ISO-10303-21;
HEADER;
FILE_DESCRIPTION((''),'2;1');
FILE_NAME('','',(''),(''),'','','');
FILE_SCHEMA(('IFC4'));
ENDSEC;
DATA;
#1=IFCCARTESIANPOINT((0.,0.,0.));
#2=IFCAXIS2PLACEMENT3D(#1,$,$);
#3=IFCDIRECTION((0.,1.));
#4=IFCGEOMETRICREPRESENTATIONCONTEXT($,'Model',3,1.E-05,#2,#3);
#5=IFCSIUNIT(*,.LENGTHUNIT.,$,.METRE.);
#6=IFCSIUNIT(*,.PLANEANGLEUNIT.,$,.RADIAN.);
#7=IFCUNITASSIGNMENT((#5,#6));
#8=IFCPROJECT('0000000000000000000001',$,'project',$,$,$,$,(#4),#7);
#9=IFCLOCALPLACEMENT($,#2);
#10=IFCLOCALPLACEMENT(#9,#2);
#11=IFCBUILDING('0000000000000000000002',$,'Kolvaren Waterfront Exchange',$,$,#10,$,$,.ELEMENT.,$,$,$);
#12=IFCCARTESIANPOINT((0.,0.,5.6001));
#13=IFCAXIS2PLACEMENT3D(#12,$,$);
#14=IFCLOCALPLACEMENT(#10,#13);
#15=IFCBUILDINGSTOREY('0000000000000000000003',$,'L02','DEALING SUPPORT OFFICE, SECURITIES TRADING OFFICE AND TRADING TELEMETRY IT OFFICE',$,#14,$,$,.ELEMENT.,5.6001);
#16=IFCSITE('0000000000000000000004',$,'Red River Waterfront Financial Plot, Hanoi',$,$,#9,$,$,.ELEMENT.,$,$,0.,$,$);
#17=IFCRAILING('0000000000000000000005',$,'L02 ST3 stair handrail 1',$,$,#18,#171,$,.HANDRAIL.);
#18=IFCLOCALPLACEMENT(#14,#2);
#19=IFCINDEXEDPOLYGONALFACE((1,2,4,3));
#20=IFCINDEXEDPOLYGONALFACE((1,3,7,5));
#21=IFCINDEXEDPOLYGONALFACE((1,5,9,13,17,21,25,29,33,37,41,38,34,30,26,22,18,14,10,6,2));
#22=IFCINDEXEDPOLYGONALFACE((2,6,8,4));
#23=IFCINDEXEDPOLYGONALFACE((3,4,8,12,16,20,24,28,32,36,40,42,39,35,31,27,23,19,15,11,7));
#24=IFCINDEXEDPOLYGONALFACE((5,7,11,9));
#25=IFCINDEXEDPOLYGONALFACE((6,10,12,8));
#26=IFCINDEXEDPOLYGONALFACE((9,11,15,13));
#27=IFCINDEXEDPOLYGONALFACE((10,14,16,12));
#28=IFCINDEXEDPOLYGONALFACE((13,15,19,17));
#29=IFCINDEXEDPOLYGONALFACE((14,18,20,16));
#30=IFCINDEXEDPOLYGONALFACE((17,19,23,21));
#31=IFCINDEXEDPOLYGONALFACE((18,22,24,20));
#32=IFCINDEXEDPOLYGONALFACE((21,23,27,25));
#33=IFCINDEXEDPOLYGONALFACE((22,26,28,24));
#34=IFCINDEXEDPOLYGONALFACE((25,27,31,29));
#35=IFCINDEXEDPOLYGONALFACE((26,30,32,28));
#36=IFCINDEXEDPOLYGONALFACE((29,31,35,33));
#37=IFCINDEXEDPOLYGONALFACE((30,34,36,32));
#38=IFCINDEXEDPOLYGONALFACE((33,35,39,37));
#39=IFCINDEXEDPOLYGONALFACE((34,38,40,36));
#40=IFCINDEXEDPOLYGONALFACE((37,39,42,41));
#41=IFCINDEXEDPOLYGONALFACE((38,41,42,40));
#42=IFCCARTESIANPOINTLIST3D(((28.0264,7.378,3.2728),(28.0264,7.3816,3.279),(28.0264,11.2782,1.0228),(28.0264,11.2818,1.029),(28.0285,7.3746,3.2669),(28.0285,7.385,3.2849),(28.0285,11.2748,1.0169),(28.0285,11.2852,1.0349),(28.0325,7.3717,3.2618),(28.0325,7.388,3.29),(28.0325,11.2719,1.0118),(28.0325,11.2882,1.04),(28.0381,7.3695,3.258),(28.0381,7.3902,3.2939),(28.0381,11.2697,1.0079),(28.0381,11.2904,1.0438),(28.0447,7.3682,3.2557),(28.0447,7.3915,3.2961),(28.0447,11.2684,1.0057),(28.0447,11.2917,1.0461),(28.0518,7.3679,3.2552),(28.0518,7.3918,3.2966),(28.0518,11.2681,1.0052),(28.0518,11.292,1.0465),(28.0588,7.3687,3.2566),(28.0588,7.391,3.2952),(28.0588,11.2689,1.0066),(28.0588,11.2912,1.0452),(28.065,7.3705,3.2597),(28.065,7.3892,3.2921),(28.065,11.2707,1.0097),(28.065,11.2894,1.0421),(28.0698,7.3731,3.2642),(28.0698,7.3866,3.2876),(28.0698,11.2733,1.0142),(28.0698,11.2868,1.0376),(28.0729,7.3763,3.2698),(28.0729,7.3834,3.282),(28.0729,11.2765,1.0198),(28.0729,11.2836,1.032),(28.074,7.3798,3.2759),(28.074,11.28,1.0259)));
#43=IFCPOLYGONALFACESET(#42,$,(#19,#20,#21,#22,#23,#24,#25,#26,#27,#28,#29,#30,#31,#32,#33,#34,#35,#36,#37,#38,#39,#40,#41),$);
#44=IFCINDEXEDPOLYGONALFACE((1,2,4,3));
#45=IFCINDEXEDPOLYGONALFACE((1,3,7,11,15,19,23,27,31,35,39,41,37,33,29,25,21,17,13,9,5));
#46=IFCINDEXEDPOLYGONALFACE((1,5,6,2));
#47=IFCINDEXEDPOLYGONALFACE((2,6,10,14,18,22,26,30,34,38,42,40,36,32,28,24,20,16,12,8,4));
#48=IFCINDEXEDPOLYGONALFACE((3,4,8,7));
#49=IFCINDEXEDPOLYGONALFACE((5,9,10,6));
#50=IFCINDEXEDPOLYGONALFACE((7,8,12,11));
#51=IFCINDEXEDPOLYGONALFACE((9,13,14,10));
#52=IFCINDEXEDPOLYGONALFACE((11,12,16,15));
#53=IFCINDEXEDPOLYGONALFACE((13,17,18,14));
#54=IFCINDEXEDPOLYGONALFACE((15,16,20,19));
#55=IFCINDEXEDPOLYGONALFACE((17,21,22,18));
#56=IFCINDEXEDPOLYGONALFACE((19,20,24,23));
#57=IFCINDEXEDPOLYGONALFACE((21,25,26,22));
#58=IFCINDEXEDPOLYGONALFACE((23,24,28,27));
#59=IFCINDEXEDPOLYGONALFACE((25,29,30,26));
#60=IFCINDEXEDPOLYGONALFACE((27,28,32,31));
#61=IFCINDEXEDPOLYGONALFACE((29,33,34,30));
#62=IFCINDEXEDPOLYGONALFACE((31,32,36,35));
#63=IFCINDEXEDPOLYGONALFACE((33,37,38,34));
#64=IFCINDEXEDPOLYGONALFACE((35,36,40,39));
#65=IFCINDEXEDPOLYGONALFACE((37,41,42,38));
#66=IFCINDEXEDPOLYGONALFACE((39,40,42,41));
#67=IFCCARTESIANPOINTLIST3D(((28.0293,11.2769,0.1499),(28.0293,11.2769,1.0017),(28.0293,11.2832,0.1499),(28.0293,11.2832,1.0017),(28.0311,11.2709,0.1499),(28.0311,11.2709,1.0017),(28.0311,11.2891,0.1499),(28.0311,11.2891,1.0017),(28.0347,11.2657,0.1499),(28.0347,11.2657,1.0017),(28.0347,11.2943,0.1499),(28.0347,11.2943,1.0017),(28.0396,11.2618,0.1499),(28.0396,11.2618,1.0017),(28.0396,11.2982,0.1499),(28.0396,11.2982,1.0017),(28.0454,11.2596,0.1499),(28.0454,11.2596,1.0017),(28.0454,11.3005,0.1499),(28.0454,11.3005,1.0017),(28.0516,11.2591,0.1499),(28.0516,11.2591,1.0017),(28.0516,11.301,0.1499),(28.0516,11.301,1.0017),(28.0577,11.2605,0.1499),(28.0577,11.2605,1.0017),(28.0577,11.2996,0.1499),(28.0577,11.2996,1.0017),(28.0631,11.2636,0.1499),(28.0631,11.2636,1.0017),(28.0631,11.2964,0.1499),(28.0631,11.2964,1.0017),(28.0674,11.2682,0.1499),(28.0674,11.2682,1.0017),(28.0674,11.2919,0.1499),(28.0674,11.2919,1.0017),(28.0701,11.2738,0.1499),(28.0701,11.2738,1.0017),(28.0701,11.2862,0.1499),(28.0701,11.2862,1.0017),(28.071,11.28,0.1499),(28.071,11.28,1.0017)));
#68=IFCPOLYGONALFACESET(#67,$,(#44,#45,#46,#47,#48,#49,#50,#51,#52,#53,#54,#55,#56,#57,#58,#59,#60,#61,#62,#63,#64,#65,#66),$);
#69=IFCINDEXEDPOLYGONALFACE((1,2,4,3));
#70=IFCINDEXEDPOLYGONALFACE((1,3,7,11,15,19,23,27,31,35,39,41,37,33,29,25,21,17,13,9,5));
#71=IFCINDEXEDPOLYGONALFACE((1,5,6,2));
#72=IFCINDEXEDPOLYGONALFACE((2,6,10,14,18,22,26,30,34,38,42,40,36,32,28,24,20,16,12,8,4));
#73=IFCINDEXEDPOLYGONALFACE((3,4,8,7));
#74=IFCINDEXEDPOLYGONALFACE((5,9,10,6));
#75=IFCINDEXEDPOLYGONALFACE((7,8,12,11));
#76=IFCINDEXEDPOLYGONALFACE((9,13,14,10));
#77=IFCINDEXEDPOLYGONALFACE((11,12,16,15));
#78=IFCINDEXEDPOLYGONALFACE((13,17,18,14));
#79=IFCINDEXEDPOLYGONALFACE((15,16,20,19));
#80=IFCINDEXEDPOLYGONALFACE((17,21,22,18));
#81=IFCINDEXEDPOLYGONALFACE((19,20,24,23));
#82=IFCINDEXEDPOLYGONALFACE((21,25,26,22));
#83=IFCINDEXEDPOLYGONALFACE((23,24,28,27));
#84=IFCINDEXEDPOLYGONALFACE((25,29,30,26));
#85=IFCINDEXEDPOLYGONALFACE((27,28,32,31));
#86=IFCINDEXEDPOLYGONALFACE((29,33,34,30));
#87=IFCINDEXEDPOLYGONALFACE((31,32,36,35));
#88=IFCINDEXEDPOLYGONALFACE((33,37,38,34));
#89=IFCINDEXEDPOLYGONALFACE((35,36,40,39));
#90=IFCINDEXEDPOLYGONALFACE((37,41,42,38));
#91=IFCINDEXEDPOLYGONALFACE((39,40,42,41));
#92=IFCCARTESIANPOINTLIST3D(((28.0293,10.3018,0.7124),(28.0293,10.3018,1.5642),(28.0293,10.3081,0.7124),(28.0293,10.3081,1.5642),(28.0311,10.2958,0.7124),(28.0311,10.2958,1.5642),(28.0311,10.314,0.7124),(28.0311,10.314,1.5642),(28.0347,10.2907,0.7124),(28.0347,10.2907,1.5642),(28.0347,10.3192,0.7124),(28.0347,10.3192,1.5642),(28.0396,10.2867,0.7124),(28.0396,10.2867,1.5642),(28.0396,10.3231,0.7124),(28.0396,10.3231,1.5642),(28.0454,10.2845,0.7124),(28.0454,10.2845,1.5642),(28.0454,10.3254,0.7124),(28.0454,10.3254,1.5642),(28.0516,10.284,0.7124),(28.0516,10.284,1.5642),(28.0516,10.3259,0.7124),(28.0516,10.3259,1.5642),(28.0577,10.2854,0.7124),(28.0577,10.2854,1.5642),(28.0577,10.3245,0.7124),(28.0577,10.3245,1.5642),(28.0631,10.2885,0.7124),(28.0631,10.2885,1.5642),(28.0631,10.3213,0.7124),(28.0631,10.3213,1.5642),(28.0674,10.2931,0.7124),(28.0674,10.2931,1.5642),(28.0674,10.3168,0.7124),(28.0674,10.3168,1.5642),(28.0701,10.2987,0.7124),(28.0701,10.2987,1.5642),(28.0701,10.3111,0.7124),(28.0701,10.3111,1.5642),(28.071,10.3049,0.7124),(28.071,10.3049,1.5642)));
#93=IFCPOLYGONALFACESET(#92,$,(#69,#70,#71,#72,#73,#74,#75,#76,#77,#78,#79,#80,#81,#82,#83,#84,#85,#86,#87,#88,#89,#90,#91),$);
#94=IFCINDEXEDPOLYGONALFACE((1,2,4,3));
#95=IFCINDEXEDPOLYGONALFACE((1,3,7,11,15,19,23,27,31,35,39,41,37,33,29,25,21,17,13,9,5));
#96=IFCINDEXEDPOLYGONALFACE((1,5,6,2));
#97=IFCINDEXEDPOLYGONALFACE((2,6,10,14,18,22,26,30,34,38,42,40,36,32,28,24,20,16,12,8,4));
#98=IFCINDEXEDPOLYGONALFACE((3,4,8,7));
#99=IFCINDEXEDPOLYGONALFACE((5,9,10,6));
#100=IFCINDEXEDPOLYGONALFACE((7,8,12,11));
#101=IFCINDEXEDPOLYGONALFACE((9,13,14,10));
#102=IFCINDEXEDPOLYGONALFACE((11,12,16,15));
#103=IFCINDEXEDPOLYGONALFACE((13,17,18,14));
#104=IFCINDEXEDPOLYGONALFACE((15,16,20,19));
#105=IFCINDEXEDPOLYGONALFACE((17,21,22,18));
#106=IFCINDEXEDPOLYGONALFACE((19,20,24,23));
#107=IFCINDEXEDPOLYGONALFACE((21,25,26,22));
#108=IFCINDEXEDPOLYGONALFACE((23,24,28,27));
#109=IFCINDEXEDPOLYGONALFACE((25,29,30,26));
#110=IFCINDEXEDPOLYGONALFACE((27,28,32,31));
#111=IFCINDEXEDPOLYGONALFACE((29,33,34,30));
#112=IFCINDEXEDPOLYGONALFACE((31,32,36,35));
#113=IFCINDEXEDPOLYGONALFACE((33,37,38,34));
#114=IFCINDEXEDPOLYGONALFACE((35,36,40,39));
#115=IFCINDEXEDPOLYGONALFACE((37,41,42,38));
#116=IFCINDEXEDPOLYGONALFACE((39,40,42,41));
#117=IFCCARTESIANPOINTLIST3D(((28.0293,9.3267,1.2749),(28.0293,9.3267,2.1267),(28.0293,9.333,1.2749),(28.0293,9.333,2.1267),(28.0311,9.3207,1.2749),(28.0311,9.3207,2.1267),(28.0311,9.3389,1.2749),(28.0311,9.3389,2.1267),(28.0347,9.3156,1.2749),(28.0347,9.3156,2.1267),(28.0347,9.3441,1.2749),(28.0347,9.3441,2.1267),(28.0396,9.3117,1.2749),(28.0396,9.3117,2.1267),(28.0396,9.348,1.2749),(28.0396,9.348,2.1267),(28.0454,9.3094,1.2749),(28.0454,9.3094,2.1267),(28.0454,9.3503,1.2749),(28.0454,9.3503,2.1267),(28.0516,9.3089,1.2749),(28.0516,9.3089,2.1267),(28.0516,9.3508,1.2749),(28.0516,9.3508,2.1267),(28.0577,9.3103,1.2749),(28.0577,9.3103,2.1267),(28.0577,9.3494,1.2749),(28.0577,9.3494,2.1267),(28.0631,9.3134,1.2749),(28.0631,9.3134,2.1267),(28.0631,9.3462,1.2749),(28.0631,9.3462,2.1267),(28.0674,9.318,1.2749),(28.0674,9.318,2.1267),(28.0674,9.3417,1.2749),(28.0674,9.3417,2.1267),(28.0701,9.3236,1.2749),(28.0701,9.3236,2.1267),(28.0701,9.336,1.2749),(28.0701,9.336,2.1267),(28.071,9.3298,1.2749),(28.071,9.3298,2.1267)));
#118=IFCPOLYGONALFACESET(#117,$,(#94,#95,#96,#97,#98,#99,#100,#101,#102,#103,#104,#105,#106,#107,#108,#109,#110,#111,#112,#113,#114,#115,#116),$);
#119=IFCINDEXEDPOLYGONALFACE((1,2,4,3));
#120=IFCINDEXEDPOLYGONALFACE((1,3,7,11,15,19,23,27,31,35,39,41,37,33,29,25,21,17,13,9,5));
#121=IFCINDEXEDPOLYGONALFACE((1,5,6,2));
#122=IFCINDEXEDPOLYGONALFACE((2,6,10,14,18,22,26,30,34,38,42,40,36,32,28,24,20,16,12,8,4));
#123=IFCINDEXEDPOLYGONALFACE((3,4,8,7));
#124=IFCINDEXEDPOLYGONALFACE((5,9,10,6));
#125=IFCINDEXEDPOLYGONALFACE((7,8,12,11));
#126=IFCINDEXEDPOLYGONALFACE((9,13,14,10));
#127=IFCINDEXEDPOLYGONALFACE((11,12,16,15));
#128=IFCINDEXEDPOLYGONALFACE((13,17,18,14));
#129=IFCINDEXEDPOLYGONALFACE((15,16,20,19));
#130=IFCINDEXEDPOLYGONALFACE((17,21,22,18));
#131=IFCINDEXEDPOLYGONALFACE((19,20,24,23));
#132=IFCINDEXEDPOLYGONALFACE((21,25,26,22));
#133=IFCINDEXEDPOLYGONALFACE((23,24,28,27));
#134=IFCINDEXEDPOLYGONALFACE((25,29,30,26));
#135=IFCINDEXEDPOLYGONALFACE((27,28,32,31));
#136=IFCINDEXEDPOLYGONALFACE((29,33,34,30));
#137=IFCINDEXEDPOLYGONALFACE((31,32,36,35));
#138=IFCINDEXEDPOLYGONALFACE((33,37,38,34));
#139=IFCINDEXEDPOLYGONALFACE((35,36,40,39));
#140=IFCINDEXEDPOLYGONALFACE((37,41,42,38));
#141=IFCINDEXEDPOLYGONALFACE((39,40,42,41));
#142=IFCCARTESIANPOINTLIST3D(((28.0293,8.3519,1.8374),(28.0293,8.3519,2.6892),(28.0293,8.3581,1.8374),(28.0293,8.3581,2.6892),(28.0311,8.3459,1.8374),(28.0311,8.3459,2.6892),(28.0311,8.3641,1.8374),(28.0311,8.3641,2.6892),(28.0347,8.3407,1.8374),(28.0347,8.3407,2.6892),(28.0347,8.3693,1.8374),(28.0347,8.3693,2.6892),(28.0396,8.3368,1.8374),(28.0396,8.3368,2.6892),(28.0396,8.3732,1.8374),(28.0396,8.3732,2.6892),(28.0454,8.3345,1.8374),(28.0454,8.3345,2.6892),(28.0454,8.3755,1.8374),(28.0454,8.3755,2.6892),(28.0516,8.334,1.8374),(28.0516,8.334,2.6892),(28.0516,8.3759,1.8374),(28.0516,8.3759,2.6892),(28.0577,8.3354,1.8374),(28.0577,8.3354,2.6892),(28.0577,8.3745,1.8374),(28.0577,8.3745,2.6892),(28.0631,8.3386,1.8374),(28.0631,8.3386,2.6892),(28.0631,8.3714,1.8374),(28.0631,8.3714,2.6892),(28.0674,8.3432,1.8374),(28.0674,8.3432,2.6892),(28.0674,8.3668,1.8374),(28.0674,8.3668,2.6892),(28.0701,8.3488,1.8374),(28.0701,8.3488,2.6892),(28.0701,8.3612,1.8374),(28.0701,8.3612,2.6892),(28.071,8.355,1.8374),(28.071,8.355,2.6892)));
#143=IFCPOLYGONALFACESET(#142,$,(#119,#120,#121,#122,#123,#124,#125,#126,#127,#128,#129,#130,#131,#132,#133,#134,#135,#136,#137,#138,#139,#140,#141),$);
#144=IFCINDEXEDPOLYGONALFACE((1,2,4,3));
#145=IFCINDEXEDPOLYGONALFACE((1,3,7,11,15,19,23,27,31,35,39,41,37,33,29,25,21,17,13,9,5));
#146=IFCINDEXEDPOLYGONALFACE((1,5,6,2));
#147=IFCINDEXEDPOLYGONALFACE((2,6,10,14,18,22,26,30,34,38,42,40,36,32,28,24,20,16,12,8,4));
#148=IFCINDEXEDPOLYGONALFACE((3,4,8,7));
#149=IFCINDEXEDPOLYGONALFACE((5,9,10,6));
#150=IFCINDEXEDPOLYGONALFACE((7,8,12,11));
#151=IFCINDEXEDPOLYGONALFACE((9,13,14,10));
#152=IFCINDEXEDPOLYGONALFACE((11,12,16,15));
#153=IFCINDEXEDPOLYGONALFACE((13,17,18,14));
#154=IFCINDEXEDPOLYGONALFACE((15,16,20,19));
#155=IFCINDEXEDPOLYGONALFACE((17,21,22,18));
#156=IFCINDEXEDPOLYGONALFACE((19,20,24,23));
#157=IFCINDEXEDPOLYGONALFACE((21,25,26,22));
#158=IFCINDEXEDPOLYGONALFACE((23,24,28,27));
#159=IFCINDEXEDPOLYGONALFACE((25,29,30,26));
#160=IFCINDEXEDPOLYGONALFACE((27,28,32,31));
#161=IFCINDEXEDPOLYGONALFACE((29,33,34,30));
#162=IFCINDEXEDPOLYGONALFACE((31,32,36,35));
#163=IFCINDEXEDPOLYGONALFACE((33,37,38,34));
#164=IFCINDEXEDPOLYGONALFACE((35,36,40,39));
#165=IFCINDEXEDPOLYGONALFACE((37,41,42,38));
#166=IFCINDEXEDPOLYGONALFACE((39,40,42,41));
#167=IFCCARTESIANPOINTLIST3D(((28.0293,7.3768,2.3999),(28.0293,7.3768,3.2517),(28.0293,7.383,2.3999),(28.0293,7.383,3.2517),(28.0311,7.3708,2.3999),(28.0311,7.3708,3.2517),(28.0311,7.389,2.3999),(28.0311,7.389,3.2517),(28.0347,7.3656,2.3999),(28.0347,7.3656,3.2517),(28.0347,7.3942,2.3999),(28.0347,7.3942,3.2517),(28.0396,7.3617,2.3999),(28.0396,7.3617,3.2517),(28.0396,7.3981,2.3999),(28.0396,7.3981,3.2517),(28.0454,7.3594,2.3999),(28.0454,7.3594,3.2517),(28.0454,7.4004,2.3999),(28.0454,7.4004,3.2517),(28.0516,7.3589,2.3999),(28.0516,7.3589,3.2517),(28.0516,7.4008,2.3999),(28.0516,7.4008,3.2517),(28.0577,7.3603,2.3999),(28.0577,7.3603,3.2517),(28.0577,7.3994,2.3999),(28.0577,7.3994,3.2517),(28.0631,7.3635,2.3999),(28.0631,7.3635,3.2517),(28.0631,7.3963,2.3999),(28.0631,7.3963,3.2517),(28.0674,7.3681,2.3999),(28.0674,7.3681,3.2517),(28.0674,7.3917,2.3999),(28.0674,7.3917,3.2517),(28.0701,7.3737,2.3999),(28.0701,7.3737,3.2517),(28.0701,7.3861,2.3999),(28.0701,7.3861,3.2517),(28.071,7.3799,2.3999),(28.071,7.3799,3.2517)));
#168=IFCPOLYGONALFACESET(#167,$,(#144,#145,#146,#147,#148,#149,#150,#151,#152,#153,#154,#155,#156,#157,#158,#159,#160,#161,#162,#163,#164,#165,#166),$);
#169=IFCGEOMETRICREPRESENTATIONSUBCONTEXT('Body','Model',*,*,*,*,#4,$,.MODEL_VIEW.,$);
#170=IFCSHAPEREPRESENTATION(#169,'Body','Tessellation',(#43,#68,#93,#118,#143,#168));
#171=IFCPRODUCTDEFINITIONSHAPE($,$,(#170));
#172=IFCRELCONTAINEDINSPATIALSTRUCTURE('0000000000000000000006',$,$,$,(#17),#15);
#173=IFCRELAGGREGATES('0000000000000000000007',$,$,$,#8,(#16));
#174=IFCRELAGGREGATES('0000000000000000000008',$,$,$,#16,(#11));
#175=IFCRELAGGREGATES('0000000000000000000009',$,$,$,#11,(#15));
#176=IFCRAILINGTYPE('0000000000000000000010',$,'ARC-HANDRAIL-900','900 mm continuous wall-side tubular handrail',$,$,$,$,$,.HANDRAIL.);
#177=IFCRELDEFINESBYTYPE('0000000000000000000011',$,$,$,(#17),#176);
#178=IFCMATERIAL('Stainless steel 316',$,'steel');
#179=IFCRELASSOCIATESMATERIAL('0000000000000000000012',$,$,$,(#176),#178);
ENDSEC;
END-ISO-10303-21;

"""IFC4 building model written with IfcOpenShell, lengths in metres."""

from ifc_helpers import new_model, si_unit, direction, frame, origin, origin_2d, place, context, subcontext, project, spatial, circle, extrude, material, type_object, element, save


model = new_model("IFC4")

# Units and contexts
model_context = context("Model", 3, precision=1e-05, world=origin(), true_north=direction((0.0, 1.0)))
body_context = subcontext(model_context, "Body", "Model", "MODEL_VIEW")
ifc_project = project(units=[si_unit("LENGTHUNIT", "METRE"), si_unit("PLANEANGLEUNIT", "RADIAN")], contexts=[model_context])

# Site, building, storey
site_placement = place(None, origin())
site = spatial("IfcSite", under=ifc_project, at=site_placement, Name="Red River Waterfront Financial Plot, Hanoi", CompositionType="ELEMENT", RefElevation=0.0)
building_placement = place(site_placement, origin())
building = spatial("IfcBuilding", under=site, at=building_placement, Name="Kolvaren Waterfront Exchange", CompositionType="ELEMENT")
storey_placement = place(building_placement, frame((0.0, 0.0, 5.6001)))
storey = spatial("IfcBuildingStorey", under=building, at=storey_placement, Name="L02", Description="DEALING SUPPORT OFFICE, SECURITIES TRADING OFFICE AND TRADING TELEMETRY IT OFFICE", CompositionType="ELEMENT", Elevation=5.6001)

# Railing
ifc_material_1 = material(Name="Stainless steel 316", Category="steel")
railing_type_1 = type_object("IfcRailingType", Name="ARC-HANDRAIL-900", Description="900 mm continuous wall-side tubular handrail", PredefinedType="HANDRAIL", material=ifc_material_1)
railing_1_placement = place(storey_placement, frame((28.05, 11.28, 0.1499)))
element("IfcRailing", 1, at=railing_1_placement, inside=storey, type_object=railing_type_1, Name="L02 ST3 stair handrail 1", PredefinedType="HANDRAIL", context=body_context, shape_type="SweptSolid", body=[
    extrude(circle(Radius=0.0239, at=origin_2d()), frame((0.0, 0.0, 0.876), z_axis=(0.0, -0.866194, 0.499708), x_axis=(1.0, 0.0, 0.0)), (0.0, 0.0, 1.0), 4.5027),
    extrude(circle(Radius=0.021, at=origin_2d()), origin(), (0.0, 0.0, 1.0), 0.8518),
    extrude(circle(Radius=0.021, at=origin_2d()), frame((0.0, -0.9751, 0.5625)), (0.0, 0.0, 1.0), 0.8518),
    extrude(circle(Radius=0.021, at=origin_2d()), frame((0.0, -1.9502, 1.125)), (0.0, 0.0, 1.0), 0.8518),
    extrude(circle(Radius=0.021, at=origin_2d()), frame((0.0, -2.925, 1.6875)), (0.0, 0.0, 1.0), 0.8518),
    extrude(circle(Radius=0.021, at=origin_2d()), frame((0.0, -3.9001, 2.25)), (0.0, 0.0, 1.0), 0.8518),
])

save(model, "model.ifc")
